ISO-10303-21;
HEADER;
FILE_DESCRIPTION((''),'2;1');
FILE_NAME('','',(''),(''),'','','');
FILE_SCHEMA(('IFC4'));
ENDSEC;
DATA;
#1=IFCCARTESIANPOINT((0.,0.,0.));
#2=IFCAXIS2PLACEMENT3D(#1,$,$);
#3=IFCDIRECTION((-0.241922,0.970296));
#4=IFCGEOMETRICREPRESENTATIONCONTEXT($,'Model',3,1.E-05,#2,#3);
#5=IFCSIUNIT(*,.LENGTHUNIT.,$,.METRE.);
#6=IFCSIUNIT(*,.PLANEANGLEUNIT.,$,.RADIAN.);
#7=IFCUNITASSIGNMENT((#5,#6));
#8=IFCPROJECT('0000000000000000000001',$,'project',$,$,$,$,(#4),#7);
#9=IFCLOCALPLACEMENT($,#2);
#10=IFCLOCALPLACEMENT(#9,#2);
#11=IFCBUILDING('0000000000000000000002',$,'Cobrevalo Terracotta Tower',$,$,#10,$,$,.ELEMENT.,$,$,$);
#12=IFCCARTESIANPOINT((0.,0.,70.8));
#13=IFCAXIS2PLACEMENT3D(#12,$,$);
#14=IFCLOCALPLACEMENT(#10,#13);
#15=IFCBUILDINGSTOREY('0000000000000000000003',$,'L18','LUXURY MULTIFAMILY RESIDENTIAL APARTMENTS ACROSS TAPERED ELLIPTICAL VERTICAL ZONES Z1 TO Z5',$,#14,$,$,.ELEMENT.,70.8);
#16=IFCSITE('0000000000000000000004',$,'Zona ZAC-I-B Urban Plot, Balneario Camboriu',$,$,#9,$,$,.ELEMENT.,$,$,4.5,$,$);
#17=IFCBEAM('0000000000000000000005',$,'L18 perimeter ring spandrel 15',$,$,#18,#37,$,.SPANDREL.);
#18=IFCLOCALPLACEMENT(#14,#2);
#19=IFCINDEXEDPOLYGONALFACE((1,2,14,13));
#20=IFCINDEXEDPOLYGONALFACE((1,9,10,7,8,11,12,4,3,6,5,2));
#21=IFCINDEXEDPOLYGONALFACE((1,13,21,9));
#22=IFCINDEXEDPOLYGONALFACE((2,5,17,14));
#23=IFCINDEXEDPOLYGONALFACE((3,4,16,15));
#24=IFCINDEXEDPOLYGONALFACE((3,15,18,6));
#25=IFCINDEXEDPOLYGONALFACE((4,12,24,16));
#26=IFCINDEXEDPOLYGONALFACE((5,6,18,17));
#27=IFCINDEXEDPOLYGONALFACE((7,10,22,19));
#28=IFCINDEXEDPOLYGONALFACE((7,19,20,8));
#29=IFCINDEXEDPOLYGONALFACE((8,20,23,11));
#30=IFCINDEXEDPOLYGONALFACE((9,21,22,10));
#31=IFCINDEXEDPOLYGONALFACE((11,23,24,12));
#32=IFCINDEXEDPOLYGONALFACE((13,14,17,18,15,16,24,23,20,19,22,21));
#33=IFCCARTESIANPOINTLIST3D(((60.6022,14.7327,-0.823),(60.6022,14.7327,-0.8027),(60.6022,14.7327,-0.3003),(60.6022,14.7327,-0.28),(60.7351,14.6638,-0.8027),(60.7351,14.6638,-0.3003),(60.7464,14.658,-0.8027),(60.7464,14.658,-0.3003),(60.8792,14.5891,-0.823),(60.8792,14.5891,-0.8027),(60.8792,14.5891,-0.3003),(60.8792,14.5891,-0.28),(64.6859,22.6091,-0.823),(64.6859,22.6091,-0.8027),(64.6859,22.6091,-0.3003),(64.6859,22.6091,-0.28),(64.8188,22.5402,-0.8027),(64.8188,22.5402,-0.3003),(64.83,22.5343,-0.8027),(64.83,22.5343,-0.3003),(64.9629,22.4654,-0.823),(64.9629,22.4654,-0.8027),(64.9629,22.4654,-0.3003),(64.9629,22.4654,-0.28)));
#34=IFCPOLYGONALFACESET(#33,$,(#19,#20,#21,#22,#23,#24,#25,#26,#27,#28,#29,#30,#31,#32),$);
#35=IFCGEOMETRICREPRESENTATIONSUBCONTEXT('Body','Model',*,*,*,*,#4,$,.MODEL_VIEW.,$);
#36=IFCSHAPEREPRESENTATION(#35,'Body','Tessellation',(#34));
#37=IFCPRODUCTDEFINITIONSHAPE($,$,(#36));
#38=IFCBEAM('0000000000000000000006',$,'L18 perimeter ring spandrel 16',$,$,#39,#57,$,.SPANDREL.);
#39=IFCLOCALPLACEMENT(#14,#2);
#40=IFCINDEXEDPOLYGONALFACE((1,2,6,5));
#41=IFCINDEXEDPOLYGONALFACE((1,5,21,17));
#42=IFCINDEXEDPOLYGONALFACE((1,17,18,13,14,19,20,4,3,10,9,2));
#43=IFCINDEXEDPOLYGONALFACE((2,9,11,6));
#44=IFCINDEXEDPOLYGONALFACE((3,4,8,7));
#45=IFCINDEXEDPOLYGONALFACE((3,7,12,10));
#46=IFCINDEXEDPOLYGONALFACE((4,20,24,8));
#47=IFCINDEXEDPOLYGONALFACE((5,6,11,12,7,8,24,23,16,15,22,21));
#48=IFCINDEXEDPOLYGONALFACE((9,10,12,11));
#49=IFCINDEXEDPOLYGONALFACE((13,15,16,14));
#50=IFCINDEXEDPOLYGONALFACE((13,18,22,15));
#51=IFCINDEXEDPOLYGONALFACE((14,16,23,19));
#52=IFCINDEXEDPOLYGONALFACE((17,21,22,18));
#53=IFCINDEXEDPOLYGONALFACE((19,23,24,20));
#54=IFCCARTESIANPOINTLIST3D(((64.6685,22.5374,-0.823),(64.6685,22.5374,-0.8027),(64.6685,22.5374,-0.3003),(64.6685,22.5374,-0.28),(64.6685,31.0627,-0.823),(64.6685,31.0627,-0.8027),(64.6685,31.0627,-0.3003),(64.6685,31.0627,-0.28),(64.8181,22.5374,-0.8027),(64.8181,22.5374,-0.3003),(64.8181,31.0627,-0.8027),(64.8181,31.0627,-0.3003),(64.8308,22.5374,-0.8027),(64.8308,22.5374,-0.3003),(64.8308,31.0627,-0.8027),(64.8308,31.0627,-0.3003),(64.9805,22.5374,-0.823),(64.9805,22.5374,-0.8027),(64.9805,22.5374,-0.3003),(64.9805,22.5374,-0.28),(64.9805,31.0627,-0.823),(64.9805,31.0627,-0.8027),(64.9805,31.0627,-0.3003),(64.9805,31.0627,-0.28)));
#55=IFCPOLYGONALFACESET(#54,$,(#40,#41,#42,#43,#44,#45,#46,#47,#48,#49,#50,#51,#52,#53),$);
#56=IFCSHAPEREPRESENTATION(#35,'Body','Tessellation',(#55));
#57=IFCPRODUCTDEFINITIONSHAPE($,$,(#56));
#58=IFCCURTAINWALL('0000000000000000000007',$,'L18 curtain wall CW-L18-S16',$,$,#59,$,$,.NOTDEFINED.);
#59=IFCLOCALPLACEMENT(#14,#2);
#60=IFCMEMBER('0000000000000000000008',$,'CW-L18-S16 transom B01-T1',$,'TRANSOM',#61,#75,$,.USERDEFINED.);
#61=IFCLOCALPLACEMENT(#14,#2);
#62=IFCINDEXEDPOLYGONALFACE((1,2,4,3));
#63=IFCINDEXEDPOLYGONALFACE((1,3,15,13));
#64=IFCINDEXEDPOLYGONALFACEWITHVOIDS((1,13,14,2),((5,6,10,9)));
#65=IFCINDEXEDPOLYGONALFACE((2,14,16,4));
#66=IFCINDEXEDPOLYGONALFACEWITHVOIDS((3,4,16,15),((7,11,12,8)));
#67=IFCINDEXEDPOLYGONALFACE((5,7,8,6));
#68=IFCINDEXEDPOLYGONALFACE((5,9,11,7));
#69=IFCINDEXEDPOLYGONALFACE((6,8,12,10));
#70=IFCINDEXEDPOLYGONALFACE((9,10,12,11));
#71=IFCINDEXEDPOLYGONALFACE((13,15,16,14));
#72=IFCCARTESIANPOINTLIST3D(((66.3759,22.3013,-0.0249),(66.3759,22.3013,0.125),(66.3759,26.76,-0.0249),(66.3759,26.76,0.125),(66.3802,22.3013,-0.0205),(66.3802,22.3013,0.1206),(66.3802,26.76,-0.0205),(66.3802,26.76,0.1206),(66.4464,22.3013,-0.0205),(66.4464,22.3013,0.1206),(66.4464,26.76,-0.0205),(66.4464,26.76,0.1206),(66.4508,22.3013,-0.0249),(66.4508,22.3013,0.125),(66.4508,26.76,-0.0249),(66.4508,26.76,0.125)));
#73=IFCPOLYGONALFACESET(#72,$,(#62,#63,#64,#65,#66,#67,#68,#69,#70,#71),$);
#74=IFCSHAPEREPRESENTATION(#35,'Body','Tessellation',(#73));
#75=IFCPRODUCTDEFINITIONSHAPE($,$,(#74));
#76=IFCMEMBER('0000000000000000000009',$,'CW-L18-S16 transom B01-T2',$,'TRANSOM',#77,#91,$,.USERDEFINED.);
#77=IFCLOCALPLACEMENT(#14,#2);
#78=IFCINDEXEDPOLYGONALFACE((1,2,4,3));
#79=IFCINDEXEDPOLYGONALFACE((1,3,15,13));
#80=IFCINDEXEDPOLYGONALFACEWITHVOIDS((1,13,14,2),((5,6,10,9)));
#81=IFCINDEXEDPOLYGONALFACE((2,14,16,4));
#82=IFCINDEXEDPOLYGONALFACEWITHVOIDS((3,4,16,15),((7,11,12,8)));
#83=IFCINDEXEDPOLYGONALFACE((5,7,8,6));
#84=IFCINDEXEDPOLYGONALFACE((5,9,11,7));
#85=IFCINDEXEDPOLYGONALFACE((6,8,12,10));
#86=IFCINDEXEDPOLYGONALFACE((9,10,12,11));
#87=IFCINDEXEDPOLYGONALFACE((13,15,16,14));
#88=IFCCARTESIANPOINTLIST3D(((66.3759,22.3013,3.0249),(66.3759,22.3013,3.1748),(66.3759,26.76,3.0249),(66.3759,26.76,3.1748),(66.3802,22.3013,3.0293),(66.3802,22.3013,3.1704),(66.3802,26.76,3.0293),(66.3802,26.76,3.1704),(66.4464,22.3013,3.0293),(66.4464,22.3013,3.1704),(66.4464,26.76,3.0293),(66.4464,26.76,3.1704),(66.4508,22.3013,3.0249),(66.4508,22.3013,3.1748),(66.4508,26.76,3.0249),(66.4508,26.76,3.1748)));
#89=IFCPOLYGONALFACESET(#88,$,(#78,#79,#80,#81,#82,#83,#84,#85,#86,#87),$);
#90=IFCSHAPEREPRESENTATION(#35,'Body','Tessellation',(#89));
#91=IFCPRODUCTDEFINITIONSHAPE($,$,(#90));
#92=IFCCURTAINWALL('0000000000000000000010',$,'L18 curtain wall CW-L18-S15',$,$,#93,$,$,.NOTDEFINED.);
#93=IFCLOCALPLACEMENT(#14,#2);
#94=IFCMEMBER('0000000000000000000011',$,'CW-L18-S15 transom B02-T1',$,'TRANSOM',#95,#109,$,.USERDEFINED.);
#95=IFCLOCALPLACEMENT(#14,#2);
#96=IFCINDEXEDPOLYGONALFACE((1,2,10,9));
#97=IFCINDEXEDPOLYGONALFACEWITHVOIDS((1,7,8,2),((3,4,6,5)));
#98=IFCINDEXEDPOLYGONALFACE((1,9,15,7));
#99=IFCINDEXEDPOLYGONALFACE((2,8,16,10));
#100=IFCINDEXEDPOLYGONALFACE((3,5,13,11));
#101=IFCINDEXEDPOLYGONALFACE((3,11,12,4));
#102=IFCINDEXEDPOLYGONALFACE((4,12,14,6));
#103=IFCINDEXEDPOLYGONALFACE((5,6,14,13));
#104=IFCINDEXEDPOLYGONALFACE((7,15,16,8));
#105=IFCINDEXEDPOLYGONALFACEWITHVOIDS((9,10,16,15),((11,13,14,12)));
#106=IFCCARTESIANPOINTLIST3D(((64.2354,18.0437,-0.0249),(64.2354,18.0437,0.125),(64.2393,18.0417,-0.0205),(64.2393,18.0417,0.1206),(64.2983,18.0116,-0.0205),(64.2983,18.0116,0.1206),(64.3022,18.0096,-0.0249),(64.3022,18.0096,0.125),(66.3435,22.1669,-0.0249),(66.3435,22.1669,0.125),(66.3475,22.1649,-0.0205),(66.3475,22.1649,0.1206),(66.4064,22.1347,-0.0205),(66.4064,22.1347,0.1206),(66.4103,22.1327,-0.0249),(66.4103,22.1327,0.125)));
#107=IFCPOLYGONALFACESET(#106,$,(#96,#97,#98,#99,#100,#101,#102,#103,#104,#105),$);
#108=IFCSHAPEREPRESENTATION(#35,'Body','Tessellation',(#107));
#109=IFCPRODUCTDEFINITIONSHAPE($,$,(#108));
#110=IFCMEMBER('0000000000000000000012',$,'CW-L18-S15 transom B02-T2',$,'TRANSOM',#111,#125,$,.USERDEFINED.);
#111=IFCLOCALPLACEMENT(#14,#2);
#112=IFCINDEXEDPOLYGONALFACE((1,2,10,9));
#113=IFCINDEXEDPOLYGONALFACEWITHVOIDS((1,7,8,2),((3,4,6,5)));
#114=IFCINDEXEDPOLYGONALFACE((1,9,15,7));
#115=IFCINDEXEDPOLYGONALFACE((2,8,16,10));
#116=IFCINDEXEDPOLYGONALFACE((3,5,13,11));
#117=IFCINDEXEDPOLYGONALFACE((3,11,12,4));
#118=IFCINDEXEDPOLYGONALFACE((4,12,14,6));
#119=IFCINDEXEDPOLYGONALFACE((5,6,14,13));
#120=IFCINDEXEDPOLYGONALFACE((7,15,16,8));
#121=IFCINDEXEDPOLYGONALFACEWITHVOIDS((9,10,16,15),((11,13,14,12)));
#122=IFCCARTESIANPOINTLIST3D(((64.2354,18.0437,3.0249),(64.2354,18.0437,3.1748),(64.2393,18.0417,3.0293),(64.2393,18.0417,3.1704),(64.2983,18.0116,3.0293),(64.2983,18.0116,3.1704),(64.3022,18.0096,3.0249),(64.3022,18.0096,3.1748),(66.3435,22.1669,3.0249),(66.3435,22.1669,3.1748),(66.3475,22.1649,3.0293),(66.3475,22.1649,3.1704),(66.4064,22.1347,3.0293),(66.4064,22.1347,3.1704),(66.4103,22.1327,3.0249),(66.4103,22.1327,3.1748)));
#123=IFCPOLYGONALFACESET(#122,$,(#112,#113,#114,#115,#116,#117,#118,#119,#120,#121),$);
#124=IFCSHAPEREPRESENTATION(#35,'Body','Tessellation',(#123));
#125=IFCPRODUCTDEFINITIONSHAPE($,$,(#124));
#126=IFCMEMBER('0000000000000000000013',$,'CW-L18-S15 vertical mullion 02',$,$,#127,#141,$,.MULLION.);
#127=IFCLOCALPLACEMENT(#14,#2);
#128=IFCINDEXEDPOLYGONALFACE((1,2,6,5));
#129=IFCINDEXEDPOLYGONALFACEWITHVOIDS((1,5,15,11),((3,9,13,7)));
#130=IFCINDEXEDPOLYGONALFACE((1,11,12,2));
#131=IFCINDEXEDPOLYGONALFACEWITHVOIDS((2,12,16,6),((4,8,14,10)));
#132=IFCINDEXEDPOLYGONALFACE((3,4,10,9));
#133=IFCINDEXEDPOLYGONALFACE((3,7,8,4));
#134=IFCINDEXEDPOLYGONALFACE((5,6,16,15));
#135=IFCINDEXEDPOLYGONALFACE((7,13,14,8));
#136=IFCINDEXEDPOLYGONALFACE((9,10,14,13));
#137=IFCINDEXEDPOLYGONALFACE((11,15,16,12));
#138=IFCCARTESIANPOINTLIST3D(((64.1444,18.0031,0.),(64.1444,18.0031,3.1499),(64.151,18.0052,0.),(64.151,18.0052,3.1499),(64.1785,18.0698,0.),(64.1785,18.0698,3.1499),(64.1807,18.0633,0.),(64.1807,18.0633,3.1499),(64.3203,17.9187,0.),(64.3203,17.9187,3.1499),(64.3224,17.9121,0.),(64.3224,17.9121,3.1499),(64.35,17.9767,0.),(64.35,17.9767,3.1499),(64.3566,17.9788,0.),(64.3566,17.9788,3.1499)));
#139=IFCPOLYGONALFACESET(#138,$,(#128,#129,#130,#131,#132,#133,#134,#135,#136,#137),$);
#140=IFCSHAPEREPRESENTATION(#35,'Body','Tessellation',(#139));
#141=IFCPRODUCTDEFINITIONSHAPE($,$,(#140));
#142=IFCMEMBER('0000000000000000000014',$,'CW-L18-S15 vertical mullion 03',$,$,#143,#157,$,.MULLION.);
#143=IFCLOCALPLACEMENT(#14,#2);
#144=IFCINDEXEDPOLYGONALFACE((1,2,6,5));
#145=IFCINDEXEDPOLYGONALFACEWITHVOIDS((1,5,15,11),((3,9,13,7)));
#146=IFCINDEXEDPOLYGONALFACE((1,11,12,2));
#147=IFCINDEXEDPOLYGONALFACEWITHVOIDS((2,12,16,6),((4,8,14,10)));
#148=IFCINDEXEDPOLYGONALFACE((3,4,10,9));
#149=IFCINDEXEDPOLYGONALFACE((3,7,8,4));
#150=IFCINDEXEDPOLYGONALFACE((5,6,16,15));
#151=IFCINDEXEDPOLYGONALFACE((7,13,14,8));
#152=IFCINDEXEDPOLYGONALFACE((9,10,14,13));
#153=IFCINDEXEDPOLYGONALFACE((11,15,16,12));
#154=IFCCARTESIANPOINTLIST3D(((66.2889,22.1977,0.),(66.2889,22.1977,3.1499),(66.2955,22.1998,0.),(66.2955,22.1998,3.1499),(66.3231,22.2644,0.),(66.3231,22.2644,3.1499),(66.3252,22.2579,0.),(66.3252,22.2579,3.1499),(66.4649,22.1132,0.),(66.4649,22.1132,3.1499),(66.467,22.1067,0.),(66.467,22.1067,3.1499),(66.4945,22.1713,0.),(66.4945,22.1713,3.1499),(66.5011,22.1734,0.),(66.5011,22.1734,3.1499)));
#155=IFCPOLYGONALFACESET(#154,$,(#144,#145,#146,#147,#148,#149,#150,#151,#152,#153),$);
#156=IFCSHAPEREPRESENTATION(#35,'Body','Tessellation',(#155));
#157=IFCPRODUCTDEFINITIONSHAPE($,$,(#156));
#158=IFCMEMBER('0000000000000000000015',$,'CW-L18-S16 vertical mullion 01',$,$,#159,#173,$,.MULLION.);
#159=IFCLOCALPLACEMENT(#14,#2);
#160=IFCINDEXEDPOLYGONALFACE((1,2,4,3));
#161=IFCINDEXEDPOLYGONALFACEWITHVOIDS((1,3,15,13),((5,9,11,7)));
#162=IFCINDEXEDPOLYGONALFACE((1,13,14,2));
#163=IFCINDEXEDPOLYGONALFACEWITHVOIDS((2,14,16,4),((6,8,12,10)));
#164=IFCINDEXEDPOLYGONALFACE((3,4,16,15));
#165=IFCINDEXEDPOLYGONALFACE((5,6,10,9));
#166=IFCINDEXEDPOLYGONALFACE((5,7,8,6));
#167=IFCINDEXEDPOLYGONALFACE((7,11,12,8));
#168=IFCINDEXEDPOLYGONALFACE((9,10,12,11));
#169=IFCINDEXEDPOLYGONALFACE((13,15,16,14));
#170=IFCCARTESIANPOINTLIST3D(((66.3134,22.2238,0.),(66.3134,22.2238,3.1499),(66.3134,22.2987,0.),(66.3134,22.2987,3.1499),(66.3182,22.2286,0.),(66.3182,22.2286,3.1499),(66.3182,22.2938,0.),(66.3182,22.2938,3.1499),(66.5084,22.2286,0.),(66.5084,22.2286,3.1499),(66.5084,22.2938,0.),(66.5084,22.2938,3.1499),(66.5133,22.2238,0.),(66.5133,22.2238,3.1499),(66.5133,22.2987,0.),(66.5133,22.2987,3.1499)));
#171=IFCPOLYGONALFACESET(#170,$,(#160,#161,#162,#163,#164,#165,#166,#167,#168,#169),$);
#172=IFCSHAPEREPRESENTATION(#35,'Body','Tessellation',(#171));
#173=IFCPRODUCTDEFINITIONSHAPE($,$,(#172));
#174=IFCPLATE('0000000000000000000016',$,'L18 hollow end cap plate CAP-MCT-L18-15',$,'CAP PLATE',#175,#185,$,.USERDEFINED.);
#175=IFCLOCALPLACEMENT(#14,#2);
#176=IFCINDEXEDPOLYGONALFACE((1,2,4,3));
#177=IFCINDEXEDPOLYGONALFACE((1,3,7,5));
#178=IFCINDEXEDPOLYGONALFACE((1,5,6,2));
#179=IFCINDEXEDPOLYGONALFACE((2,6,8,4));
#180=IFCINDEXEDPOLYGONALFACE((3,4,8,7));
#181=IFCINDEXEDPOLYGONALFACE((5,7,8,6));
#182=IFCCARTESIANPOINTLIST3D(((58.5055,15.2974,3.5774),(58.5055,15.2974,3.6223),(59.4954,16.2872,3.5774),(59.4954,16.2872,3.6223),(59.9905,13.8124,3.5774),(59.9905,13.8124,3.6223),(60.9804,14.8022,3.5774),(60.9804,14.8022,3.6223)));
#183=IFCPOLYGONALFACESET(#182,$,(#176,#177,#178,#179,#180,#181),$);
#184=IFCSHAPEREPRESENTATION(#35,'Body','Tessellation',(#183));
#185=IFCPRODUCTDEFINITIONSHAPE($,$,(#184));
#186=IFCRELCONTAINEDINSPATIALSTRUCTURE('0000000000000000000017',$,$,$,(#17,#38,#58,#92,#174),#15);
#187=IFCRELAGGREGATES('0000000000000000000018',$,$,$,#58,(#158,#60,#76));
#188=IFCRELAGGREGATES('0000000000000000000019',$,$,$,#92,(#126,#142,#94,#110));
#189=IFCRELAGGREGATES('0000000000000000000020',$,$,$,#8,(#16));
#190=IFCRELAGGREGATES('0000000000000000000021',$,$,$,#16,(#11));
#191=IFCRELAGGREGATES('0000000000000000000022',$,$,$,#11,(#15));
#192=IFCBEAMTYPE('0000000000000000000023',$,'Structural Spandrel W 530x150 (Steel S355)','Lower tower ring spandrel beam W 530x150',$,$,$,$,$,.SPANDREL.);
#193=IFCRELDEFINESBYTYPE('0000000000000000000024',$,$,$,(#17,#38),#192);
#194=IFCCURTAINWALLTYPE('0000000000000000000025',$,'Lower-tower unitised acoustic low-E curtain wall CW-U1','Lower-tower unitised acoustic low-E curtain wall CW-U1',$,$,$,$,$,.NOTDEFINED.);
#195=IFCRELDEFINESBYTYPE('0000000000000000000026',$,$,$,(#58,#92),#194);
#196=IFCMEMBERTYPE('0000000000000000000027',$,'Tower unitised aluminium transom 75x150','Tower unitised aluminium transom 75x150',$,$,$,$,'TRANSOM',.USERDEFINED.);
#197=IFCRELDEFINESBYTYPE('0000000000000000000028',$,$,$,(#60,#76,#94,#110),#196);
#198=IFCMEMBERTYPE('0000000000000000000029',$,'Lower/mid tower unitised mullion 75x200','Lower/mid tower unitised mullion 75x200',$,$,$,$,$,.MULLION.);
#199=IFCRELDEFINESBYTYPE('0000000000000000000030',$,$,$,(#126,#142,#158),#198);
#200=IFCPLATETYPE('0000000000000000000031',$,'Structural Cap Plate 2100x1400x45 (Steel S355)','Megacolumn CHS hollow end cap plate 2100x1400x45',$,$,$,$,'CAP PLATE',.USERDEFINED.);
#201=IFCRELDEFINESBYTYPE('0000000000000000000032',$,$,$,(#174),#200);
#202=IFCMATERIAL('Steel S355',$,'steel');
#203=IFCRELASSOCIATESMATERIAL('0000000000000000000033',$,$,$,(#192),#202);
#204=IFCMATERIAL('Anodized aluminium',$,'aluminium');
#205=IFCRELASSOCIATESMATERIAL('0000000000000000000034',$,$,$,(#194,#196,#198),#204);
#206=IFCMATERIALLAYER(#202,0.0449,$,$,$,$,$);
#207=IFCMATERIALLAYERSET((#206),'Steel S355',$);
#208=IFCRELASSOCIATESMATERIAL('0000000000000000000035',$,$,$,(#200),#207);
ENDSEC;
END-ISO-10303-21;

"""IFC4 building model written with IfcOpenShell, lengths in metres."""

from ifc_helpers import new_model, si_unit, direction, frame, origin, origin_2d, place, context, subcontext, project, spatial, rectangle, hollow_rectangle, i_section, extrude, source, transform, mapped, material, layer, layer_set, material_profile, profile_set, type_object, element, aggregate, save


model = new_model("IFC4")

# Units and contexts
model_context = context("Model", 3, precision=1e-05, world=origin(), true_north=direction((-0.241922, 0.970296)))
body_context = subcontext(model_context, "Body", "Model", "MODEL_VIEW")
ifc_project = project(units=[si_unit("LENGTHUNIT", "METRE"), si_unit("PLANEANGLEUNIT", "RADIAN")], contexts=[model_context])

# Site, building, storey
site_placement = place(None, origin())
site = spatial("IfcSite", under=ifc_project, at=site_placement, Name="Zona ZAC-I-B Urban Plot, Balneario Camboriu", CompositionType="ELEMENT", RefElevation=4.5)
building_placement = place(site_placement, origin())
building = spatial("IfcBuilding", under=site, at=building_placement, Name="Cobrevalo Terracotta Tower", CompositionType="ELEMENT")
storey_placement = place(building_placement, frame((0.0, 0.0, 70.8)))
storey = spatial("IfcBuildingStorey", under=building, at=storey_placement, Name="L18", Description="LUXURY MULTIFAMILY RESIDENTIAL APARTMENTS ACROSS TAPERED ELLIPTICAL VERTICAL ZONES Z1 TO Z5", CompositionType="ELEMENT", Elevation=70.8)

# Shared definitions
ifc_material_1 = material(Name="Steel S355", Category="steel")

# Beams
ifc_material_profile_1 = material_profile(ifc_material_1, i_section(OverallWidth=0.312, OverallDepth=0.543, WebThickness=0.0127, FlangeThickness=0.0203, at=origin_2d()), Name="W 530x150")
ifc_profile_set_1 = profile_set([ifc_material_profile_1], Name="Steel S355")
beam_type_1 = type_object("IfcBeamType", Name="Structural Spandrel W 530x150 (Steel S355)", Description="Lower tower ring spandrel beam W 530x150", PredefinedType="SPANDREL", material=ifc_profile_set_1)
beam_1_placement = place(storey_placement, frame((60.7407, 14.6609, -0.5515), z_axis=(0.460286, 0.887771, 0.0), x_axis=(-0.887771, 0.460286, 0.0)))
element("IfcBeam", 1, at=beam_1_placement, inside=storey, type_object=beam_type_1, Name="L18 perimeter ring spandrel 15", PredefinedType="SPANDREL", context=body_context, shape_type="SweptSolid", body=[
    extrude(i_section(OverallWidth=0.312, OverallDepth=0.543, WebThickness=0.0127, FlangeThickness=0.0203, at=origin_2d()), origin(), (0.0, 0.0, 1.0), 8.8721),
])
beam_2_placement = place(storey_placement, frame((64.8245, 22.5374, -0.5515), z_axis=(0.0, 1.0, 0.0), x_axis=(-1.0, 0.0, 0.0)))
element("IfcBeam", 2, at=beam_2_placement, inside=storey, type_object=beam_type_1, Name="L18 perimeter ring spandrel 16", PredefinedType="SPANDREL", context=body_context, shape_type="SweptSolid", body=[
    extrude(i_section(OverallWidth=0.312, OverallDepth=0.543, WebThickness=0.0127, FlangeThickness=0.0203, at=origin_2d()), origin(), (0.0, 0.0, 1.0), 8.5254),
])

# Curtain walls, members
ifc_material_2 = material(Name="Anodized aluminium", Category="aluminium")
curtain_wall_type = type_object("IfcCurtainWallType", Name="Lower-tower unitised acoustic low-E curtain wall CW-U1", Description="Lower-tower unitised acoustic low-E curtain wall CW-U1", PredefinedType="NOTDEFINED", material=ifc_material_2)
curtain_wall_1_placement = place(storey_placement, origin())
curtain_wall_1 = element("IfcCurtainWall", 3, at=curtain_wall_1_placement, inside=storey, type_object=curtain_wall_type, Name="L18 curtain wall CW-L18-S16", PredefinedType="NOTDEFINED")
ifc_material_profile_2 = material_profile(ifc_material_2, hollow_rectangle(XDim=0.075, YDim=0.1499, WallThickness=0.0044, at=origin_2d()), Name="CWT 75x150")
ifc_profile_set_2 = profile_set([ifc_material_profile_2], Name="Anodized aluminium")
member_type_1 = type_object("IfcMemberType", Name="Tower unitised aluminium transom 75x150", Description="Tower unitised aluminium transom 75x150", ElementType="TRANSOM", PredefinedType="USERDEFINED", material=ifc_profile_set_2)
shared_shape_1 = source(origin(), body_context, "Body", "SweptSolid", [
    extrude(hollow_rectangle(XDim=0.075, YDim=0.1499, WallThickness=0.0044, at=origin_2d()), origin(), (0.0, 0.0, 1.0), 4.4587),
])
member_1_placement = place(storey_placement, frame((66.4133, 22.3013, 0.05), z_axis=(0.0, 1.0, 0.0), x_axis=(-1.0, 0.0, 0.0)))
member_1 = element("IfcMember", 4, at=member_1_placement, type_object=member_type_1, Name="CW-L18-S16 transom B01-T1", ObjectType="TRANSOM", PredefinedType="USERDEFINED", context=body_context, shape_type="MappedRepresentation", body=[
    mapped(shared_shape_1, transform((0.0, 0.0, 0.0), scale=1.0)),
])
member_2_placement = place(storey_placement, frame((66.4133, 22.3013, 3.0999), z_axis=(0.0, 1.0, 0.0), x_axis=(-1.0, 0.0, 0.0)))
member_2 = element("IfcMember", 5, at=member_2_placement, type_object=member_type_1, Name="CW-L18-S16 transom B01-T2", ObjectType="TRANSOM", PredefinedType="USERDEFINED", context=body_context, shape_type="MappedRepresentation", body=[
    mapped(shared_shape_1, transform((0.0, 0.0, 0.0), scale=1.0)),
])
curtain_wall_2_placement = place(storey_placement, origin())
curtain_wall_2 = element("IfcCurtainWall", 6, at=curtain_wall_2_placement, inside=storey, type_object=curtain_wall_type, Name="L18 curtain wall CW-L18-S15", PredefinedType="NOTDEFINED")
shared_shape_2 = source(origin(), body_context, "Body", "SweptSolid", [
    extrude(hollow_rectangle(XDim=0.075, YDim=0.1499, WallThickness=0.0044, at=origin_2d()), origin(), (0.0, 0.0, 1.0), 4.6309),
])
member_3_placement = place(storey_placement, frame((64.2688, 18.0266, 0.05), z_axis=(0.45523, 0.890374, 0.0), x_axis=(-0.890374, 0.45523, 0.0)))
member_3 = element("IfcMember", 7, at=member_3_placement, type_object=member_type_1, Name="CW-L18-S15 transom B02-T1", ObjectType="TRANSOM", PredefinedType="USERDEFINED", context=body_context, shape_type="MappedRepresentation", body=[
    mapped(shared_shape_2, transform((0.0, 0.0, 0.0), scale=1.0)),
])
member_4_placement = place(storey_placement, frame((64.2688, 18.0266, 3.0999), z_axis=(0.45523, 0.890374, 0.0), x_axis=(-0.890374, 0.45523, 0.0)))
member_4 = element("IfcMember", 8, at=member_4_placement, type_object=member_type_1, Name="CW-L18-S15 transom B02-T2", ObjectType="TRANSOM", PredefinedType="USERDEFINED", context=body_context, shape_type="MappedRepresentation", body=[
    mapped(shared_shape_2, transform((0.0, 0.0, 0.0), scale=1.0)),
])
ifc_material_profile_3 = material_profile(ifc_material_2, hollow_rectangle(XDim=0.075, YDim=0.2, WallThickness=0.0049, at=origin_2d()), Name="CWM 75x200")
ifc_profile_set_3 = profile_set([ifc_material_profile_3], Name="Anodized aluminium")
member_type_2 = type_object("IfcMemberType", Name="Lower/mid tower unitised mullion 75x200", Description="Lower/mid tower unitised mullion 75x200", PredefinedType="MULLION", material=ifc_profile_set_3)
shared_shape_3 = source(origin(), body_context, "Body", "SweptSolid", [
    extrude(hollow_rectangle(XDim=0.075, YDim=0.2, WallThickness=0.0049, at=origin_2d()), origin(), (0.0, 0.0, 1.0), 3.1499),
])
member_5_placement = place(storey_placement, frame((64.2505, 17.991, 0.0), z_axis=(0.0, 0.0, 1.0), x_axis=(0.455234, 0.890372, 0.0)))
member_5 = element("IfcMember", 9, at=member_5_placement, type_object=member_type_2, Name="CW-L18-S15 vertical mullion 02", PredefinedType="MULLION", context=body_context, shape_type="MappedRepresentation", body=[
    mapped(shared_shape_3, transform((0.0, 0.0, 0.0), scale=1.0)),
])
member_6_placement = place(storey_placement, frame((66.395, 22.1855, 0.0), z_axis=(0.0, 0.0, 1.0), x_axis=(0.455234, 0.890372, 0.0)))
member_6 = element("IfcMember", 10, at=member_6_placement, type_object=member_type_2, Name="CW-L18-S15 vertical mullion 03", PredefinedType="MULLION", context=body_context, shape_type="MappedRepresentation", body=[
    mapped(shared_shape_3, transform((0.0, 0.0, 0.0), scale=1.0)),
])

# Member
member_7_placement = place(storey_placement, frame((66.4133, 22.2612, 0.0), z_axis=(0.0, 0.0, 1.0), x_axis=(0.0, 1.0, 0.0)))
member_7 = element("IfcMember", 11, at=member_7_placement, type_object=member_type_2, Name="CW-L18-S16 vertical mullion 01", PredefinedType="MULLION", context=body_context, shape_type="MappedRepresentation", body=[
    mapped(shared_shape_3, transform((0.0, 0.0, 0.0), scale=1.0)),
])
aggregate(curtain_wall_1, [member_7, member_1, member_2])

# Plate
ifc_layer_1 = layer(ifc_material_1, 0.0449)
ifc_layer_set_1 = layer_set([ifc_layer_1], Name="Steel S355")
plate_type_1 = type_object("IfcPlateType", Name="Structural Cap Plate 2100x1400x45 (Steel S355)", Description="Megacolumn CHS hollow end cap plate 2100x1400x45", ElementType="CAP PLATE", PredefinedType="USERDEFINED", material=ifc_layer_set_1)
shared_shape_4 = source(origin(), body_context, "Body", "SweptSolid", [
    extrude(rectangle(XDim=2.1001, YDim=1.3999, at=origin_2d()), origin(), (0.0, 0.0, 1.0), 0.0449),
])
for number, where, z_axis, x_axis, name in (
    (12, (59.7429, 15.0498, 3.5774), (0.0, 0.0, 1.0), (0.707107, -0.707107, 0.0), "L18 hollow end cap plate CAP-MCT-L18-15"),
):
    element("IfcPlate", number, at=place(storey_placement, frame(where, z_axis=z_axis, x_axis=x_axis)), inside=storey, type_object=plate_type_1, Name=name, ObjectType="CAP PLATE", PredefinedType="USERDEFINED", context=body_context, shape_type="MappedRepresentation", body=[
        mapped(shared_shape_4, transform((0.0, 0.0, 0.0), scale=1.0)),
    ])

aggregate(curtain_wall_2, [member_5, member_6, member_3, member_4])

save(model, "model.ifc")
